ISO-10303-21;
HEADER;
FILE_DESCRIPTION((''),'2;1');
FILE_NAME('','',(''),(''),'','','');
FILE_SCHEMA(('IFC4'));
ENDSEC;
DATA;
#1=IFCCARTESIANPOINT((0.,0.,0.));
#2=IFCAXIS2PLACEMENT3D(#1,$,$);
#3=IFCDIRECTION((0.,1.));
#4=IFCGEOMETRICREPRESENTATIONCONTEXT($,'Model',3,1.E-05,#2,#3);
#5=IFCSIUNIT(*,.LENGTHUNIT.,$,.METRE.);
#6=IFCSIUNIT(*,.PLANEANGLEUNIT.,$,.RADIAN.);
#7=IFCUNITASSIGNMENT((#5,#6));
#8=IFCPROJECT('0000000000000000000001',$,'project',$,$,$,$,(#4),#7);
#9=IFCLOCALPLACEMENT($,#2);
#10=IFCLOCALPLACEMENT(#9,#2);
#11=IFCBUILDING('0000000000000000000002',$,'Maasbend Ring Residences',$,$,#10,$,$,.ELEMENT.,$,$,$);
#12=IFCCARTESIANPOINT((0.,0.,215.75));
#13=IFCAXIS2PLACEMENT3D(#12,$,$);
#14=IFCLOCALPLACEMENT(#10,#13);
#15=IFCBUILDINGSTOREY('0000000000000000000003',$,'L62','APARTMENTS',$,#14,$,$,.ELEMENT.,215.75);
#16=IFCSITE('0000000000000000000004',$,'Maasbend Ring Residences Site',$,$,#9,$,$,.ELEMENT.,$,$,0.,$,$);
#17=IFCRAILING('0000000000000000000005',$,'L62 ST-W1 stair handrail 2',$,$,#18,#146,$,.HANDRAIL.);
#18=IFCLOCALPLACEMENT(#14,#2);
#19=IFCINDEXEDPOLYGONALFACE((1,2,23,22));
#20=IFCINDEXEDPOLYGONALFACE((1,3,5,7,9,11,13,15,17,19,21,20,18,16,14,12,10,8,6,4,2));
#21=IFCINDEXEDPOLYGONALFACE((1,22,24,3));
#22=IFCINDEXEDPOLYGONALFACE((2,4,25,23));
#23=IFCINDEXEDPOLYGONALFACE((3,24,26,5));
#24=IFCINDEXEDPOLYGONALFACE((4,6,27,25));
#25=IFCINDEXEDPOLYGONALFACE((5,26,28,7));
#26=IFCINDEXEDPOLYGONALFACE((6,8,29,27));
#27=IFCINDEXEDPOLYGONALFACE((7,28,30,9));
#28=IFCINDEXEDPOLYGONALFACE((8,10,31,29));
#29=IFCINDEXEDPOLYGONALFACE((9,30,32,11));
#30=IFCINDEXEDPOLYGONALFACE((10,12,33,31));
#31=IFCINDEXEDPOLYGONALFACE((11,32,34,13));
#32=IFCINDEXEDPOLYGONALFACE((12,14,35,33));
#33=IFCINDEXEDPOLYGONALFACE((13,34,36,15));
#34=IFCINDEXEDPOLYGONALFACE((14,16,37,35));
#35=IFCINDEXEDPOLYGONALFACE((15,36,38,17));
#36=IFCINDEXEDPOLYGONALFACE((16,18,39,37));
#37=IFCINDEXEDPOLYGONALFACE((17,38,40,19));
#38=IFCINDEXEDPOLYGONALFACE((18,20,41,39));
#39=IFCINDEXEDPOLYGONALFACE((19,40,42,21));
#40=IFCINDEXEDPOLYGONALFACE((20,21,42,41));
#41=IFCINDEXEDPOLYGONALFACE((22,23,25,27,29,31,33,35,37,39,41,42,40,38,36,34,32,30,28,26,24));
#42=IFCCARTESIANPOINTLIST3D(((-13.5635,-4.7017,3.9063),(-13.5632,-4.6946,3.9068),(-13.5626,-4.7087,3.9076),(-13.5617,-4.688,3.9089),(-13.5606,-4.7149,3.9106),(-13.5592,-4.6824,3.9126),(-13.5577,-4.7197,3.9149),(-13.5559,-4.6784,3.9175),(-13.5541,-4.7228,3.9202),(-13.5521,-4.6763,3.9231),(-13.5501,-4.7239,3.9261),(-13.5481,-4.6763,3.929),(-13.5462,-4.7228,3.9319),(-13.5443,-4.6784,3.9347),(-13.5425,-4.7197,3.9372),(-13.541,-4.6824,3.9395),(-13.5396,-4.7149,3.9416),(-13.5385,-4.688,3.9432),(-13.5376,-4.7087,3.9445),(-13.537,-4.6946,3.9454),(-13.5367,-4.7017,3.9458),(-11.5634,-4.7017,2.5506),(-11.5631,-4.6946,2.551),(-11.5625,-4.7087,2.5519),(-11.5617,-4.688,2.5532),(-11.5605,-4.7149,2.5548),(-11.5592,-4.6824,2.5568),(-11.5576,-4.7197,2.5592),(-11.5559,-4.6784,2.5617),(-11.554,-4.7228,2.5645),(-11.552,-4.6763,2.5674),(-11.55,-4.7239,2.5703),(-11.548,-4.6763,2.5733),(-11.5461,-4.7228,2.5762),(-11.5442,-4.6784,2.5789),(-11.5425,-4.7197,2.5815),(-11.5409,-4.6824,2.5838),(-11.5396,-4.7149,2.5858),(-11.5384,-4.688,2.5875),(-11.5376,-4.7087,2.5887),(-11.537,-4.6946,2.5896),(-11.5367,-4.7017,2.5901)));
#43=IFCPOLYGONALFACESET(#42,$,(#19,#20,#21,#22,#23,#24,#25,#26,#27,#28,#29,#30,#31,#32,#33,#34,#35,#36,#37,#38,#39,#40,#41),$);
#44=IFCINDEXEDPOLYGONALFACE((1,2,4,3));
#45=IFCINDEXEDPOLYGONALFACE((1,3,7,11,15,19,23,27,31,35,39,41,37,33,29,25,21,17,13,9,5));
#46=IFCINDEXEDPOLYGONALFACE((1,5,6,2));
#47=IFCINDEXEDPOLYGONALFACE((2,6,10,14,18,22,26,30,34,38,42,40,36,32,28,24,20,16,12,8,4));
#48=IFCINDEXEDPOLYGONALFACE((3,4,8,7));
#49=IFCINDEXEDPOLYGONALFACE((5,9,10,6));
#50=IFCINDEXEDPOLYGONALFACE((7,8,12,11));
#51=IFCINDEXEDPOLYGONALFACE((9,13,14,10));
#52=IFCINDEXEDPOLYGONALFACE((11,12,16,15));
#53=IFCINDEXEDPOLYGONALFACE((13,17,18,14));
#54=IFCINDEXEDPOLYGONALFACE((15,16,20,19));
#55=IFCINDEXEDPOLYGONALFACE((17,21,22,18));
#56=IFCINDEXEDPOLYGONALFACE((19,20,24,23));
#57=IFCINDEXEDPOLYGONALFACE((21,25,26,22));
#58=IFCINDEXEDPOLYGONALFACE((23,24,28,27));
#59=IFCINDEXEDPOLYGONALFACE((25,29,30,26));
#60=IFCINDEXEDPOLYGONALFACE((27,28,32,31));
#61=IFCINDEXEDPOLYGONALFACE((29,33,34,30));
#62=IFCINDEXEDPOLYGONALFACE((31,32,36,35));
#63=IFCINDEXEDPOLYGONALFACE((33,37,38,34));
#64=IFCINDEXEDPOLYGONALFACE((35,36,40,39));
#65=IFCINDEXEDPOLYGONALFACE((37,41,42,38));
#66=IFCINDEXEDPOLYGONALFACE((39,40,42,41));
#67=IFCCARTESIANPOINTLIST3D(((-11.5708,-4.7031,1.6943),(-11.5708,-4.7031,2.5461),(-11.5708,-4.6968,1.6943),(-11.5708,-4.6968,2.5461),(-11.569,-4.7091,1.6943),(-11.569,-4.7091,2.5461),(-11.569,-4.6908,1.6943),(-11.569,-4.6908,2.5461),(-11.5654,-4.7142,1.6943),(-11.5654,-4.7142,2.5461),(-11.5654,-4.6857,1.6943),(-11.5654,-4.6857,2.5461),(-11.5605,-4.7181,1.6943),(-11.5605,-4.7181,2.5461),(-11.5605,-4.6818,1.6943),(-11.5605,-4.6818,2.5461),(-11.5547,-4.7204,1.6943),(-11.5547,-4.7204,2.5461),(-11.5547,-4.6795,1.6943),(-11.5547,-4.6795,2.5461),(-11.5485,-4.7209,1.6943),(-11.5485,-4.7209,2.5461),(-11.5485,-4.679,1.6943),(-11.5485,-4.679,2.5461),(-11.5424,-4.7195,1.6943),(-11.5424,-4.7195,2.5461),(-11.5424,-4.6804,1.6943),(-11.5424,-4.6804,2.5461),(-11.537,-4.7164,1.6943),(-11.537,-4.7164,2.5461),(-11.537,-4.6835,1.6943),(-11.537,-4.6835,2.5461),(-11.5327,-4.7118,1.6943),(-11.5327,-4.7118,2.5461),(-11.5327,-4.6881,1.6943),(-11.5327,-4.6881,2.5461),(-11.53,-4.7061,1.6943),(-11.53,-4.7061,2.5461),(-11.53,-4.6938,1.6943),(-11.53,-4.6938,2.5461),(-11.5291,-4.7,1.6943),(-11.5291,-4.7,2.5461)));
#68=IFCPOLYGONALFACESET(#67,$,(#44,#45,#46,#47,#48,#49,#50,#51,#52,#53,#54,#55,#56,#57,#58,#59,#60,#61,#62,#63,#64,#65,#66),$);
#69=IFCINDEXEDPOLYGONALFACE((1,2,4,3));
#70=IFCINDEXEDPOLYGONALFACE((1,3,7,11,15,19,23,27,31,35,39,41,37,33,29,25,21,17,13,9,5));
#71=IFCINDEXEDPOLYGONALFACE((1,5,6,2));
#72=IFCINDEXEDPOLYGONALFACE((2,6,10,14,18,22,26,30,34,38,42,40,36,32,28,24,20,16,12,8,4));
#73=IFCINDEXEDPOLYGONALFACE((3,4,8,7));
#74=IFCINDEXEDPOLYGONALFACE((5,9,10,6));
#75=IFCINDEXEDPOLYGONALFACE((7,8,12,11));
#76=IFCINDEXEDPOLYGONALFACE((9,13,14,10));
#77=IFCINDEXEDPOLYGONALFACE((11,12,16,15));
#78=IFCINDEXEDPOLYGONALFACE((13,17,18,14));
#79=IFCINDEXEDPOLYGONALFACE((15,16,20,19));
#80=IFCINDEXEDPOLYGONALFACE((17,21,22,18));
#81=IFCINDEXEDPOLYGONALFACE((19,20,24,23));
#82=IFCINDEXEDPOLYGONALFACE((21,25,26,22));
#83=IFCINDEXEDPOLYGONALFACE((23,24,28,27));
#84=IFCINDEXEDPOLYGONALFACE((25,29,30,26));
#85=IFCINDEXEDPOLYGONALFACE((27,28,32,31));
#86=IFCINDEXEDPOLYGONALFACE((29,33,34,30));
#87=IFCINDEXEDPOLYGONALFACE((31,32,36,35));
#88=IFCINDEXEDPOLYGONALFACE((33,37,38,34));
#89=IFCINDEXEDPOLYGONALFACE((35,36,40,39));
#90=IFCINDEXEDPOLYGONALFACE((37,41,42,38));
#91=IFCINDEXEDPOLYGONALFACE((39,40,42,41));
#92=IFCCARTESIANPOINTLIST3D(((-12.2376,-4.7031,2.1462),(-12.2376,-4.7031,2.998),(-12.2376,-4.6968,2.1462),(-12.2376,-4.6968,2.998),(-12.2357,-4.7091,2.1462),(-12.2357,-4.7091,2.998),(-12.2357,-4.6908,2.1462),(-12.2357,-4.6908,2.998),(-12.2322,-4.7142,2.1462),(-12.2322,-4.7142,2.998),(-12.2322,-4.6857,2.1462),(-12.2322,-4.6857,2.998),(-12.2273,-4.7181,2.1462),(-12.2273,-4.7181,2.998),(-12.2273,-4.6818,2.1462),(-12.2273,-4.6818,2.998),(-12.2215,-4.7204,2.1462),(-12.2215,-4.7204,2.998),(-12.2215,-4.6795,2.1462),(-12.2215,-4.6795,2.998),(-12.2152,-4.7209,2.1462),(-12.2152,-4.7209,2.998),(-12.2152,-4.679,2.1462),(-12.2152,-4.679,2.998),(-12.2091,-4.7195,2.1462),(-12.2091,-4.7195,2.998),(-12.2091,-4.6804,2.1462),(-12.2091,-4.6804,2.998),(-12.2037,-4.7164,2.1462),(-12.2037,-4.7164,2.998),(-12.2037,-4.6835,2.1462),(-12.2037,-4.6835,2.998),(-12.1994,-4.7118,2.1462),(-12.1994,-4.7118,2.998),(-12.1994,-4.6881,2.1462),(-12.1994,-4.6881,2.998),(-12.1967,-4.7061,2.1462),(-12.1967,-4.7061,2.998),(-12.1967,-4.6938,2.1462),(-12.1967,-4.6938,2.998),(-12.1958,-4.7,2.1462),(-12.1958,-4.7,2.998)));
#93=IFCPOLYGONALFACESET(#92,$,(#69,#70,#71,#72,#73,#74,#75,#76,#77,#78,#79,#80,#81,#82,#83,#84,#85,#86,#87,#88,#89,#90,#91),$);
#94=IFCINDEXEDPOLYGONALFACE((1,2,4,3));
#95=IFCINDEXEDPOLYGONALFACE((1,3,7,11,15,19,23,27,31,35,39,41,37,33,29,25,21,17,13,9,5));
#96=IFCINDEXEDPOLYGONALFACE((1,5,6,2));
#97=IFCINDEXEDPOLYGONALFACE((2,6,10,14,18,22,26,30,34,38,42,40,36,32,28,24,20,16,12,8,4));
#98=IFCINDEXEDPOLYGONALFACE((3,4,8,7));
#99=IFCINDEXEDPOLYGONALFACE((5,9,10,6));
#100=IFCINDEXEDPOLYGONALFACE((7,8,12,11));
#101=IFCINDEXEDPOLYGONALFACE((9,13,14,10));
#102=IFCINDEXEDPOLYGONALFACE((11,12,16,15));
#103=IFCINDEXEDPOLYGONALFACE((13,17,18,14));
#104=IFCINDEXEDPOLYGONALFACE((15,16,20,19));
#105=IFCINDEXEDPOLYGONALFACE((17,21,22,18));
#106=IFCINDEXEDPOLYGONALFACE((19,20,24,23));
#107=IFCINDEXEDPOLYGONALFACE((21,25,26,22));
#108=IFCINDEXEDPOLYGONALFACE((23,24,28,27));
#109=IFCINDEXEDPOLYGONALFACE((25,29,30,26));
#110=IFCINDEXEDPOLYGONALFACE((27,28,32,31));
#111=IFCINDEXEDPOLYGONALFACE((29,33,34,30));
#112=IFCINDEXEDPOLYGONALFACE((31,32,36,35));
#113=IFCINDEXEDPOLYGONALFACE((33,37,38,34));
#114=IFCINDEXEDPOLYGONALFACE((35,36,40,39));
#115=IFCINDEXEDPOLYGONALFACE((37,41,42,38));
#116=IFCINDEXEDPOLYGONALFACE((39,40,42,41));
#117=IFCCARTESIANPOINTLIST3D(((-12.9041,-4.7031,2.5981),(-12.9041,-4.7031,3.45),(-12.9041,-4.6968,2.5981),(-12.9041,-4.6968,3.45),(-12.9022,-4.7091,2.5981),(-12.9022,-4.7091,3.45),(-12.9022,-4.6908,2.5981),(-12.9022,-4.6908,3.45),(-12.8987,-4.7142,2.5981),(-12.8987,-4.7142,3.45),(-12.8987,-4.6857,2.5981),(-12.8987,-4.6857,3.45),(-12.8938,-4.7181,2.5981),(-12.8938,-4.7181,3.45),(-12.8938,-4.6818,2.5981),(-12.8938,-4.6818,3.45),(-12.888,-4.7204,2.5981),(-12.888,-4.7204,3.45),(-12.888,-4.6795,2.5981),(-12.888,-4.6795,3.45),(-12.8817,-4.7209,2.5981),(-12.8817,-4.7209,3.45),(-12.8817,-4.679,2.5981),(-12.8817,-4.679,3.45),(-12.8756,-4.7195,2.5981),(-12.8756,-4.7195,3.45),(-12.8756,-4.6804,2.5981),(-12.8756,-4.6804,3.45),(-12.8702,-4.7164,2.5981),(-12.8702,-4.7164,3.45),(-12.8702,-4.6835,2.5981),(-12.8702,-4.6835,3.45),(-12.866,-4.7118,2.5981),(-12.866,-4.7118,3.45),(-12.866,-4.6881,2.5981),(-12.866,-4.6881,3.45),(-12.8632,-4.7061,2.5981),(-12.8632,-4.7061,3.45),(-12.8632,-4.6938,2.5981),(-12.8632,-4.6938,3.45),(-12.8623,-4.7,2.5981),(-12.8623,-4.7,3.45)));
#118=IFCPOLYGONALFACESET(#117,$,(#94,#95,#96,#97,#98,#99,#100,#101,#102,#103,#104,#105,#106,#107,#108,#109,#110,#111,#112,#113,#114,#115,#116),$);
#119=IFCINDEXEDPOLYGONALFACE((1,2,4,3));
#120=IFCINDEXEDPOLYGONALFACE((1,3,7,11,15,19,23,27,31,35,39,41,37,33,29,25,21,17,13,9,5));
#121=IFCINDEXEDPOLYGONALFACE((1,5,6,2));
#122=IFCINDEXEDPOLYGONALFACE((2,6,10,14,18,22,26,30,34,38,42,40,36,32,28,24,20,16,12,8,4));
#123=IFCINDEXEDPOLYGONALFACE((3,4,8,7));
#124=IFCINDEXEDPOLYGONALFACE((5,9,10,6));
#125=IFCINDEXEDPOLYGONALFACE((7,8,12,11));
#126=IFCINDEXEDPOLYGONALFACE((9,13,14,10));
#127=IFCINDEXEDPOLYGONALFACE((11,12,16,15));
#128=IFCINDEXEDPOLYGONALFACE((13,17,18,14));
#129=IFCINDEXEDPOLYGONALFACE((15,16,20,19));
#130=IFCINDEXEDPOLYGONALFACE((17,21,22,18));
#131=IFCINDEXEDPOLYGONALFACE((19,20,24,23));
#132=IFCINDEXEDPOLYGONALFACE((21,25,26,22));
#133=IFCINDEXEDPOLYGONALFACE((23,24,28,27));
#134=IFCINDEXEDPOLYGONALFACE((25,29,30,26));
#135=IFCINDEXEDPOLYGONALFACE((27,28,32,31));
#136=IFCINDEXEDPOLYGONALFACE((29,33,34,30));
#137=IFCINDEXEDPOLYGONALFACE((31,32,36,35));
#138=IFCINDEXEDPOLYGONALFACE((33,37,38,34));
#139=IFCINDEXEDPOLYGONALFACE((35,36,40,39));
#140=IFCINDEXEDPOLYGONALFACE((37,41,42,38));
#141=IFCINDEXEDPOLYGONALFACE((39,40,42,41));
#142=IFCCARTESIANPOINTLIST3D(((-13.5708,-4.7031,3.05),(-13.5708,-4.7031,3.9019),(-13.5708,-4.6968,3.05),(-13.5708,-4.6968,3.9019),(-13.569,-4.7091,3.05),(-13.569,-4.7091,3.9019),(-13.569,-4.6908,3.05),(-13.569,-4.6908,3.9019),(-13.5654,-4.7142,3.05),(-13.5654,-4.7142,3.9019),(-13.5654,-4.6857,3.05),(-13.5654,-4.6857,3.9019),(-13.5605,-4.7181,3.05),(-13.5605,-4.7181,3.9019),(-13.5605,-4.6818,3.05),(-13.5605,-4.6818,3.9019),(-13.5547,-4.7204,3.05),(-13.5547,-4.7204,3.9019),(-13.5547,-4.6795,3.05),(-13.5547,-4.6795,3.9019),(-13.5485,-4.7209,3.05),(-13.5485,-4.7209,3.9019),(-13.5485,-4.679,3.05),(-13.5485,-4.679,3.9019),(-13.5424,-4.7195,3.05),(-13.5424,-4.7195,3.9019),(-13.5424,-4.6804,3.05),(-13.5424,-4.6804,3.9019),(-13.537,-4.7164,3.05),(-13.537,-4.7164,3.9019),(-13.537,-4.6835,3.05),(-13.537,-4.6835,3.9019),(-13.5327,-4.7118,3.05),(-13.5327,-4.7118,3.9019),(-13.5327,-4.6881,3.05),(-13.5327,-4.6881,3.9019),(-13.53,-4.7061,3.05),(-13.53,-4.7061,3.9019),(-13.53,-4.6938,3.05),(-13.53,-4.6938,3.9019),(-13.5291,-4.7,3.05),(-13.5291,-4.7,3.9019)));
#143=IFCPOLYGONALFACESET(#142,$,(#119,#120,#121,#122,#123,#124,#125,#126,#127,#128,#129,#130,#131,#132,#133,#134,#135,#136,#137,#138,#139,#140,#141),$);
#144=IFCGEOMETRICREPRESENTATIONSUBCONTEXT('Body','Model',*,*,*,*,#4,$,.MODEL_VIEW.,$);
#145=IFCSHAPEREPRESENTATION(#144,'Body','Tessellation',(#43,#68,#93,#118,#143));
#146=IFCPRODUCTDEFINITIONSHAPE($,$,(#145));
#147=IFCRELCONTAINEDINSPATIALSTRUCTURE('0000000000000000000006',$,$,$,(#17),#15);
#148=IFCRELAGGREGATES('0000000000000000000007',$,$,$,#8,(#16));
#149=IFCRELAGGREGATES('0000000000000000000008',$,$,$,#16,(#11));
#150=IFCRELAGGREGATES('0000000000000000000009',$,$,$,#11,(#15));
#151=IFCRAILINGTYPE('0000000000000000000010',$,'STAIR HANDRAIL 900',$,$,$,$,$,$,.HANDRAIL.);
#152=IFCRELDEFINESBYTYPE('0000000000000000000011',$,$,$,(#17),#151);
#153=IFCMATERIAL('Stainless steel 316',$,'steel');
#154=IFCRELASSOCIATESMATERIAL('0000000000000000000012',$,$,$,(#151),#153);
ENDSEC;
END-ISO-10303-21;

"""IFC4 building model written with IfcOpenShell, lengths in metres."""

from ifc_helpers import new_model, si_unit, direction, frame, origin, origin_2d, place, context, subcontext, project, spatial, circle, extrude, material, type_object, element, save


model = new_model("IFC4")

# Units and contexts
model_context = context("Model", 3, precision=1e-05, world=origin(), true_north=direction((0.0, 1.0)))
body_context = subcontext(model_context, "Body", "Model", "MODEL_VIEW")
ifc_project = project(units=[si_unit("LENGTHUNIT", "METRE"), si_unit("PLANEANGLEUNIT", "RADIAN")], contexts=[model_context])

# Site, building, storey
site_placement = place(None, origin())
site = spatial("IfcSite", under=ifc_project, at=site_placement, Name="Maasbend Ring Residences Site", CompositionType="ELEMENT", RefElevation=0.0)
building_placement = place(site_placement, origin())
building = spatial("IfcBuilding", under=site, at=building_placement, Name="Maasbend Ring Residences", CompositionType="ELEMENT")
storey_placement = place(building_placement, frame((0.0, 0.0, 215.75)))
storey = spatial("IfcBuildingStorey", under=building, at=storey_placement, Name="L62", Description="APARTMENTS", CompositionType="ELEMENT", Elevation=215.75)

# Railing
ifc_material_1 = material(Name="Stainless steel 316", Category="steel")
railing_type_1 = type_object("IfcRailingType", Name="STAIR HANDRAIL 900", PredefinedType="HANDRAIL", material=ifc_material_1)
railing_1_placement = place(storey_placement, frame((-11.55, -4.7, 1.6943)))
element("IfcRailing", 1, at=railing_1_placement, inside=storey, type_object=railing_type_1, Name="L62 ST-W1 stair handrail 2", PredefinedType="HANDRAIL", context=body_context, shape_type="SweptSolid", body=[
    extrude(circle(Radius=0.0239, at=origin_2d()), frame((0.0, 0.0, 0.876), z_axis=(-0.827751, 0.0, 0.561096), x_axis=(0.0, -1.0, 0.0)), (0.0, 0.0, 1.0), 2.4163),
    extrude(circle(Radius=0.021, at=origin_2d()), origin(), (0.0, 0.0, 1.0), 0.8518),
    extrude(circle(Radius=0.021, at=origin_2d()), frame((-0.6667, 0.0, 0.4519)), (0.0, 0.0, 1.0), 0.8518),
    extrude(circle(Radius=0.021, at=origin_2d()), frame((-1.3333, 0.0, 0.9038)), (0.0, 0.0, 1.0), 0.8518),
    extrude(circle(Radius=0.021, at=origin_2d()), frame((-2.0, 0.0, 1.3557)), (0.0, 0.0, 1.0), 0.8518),
])

save(model, "model.ifc")
